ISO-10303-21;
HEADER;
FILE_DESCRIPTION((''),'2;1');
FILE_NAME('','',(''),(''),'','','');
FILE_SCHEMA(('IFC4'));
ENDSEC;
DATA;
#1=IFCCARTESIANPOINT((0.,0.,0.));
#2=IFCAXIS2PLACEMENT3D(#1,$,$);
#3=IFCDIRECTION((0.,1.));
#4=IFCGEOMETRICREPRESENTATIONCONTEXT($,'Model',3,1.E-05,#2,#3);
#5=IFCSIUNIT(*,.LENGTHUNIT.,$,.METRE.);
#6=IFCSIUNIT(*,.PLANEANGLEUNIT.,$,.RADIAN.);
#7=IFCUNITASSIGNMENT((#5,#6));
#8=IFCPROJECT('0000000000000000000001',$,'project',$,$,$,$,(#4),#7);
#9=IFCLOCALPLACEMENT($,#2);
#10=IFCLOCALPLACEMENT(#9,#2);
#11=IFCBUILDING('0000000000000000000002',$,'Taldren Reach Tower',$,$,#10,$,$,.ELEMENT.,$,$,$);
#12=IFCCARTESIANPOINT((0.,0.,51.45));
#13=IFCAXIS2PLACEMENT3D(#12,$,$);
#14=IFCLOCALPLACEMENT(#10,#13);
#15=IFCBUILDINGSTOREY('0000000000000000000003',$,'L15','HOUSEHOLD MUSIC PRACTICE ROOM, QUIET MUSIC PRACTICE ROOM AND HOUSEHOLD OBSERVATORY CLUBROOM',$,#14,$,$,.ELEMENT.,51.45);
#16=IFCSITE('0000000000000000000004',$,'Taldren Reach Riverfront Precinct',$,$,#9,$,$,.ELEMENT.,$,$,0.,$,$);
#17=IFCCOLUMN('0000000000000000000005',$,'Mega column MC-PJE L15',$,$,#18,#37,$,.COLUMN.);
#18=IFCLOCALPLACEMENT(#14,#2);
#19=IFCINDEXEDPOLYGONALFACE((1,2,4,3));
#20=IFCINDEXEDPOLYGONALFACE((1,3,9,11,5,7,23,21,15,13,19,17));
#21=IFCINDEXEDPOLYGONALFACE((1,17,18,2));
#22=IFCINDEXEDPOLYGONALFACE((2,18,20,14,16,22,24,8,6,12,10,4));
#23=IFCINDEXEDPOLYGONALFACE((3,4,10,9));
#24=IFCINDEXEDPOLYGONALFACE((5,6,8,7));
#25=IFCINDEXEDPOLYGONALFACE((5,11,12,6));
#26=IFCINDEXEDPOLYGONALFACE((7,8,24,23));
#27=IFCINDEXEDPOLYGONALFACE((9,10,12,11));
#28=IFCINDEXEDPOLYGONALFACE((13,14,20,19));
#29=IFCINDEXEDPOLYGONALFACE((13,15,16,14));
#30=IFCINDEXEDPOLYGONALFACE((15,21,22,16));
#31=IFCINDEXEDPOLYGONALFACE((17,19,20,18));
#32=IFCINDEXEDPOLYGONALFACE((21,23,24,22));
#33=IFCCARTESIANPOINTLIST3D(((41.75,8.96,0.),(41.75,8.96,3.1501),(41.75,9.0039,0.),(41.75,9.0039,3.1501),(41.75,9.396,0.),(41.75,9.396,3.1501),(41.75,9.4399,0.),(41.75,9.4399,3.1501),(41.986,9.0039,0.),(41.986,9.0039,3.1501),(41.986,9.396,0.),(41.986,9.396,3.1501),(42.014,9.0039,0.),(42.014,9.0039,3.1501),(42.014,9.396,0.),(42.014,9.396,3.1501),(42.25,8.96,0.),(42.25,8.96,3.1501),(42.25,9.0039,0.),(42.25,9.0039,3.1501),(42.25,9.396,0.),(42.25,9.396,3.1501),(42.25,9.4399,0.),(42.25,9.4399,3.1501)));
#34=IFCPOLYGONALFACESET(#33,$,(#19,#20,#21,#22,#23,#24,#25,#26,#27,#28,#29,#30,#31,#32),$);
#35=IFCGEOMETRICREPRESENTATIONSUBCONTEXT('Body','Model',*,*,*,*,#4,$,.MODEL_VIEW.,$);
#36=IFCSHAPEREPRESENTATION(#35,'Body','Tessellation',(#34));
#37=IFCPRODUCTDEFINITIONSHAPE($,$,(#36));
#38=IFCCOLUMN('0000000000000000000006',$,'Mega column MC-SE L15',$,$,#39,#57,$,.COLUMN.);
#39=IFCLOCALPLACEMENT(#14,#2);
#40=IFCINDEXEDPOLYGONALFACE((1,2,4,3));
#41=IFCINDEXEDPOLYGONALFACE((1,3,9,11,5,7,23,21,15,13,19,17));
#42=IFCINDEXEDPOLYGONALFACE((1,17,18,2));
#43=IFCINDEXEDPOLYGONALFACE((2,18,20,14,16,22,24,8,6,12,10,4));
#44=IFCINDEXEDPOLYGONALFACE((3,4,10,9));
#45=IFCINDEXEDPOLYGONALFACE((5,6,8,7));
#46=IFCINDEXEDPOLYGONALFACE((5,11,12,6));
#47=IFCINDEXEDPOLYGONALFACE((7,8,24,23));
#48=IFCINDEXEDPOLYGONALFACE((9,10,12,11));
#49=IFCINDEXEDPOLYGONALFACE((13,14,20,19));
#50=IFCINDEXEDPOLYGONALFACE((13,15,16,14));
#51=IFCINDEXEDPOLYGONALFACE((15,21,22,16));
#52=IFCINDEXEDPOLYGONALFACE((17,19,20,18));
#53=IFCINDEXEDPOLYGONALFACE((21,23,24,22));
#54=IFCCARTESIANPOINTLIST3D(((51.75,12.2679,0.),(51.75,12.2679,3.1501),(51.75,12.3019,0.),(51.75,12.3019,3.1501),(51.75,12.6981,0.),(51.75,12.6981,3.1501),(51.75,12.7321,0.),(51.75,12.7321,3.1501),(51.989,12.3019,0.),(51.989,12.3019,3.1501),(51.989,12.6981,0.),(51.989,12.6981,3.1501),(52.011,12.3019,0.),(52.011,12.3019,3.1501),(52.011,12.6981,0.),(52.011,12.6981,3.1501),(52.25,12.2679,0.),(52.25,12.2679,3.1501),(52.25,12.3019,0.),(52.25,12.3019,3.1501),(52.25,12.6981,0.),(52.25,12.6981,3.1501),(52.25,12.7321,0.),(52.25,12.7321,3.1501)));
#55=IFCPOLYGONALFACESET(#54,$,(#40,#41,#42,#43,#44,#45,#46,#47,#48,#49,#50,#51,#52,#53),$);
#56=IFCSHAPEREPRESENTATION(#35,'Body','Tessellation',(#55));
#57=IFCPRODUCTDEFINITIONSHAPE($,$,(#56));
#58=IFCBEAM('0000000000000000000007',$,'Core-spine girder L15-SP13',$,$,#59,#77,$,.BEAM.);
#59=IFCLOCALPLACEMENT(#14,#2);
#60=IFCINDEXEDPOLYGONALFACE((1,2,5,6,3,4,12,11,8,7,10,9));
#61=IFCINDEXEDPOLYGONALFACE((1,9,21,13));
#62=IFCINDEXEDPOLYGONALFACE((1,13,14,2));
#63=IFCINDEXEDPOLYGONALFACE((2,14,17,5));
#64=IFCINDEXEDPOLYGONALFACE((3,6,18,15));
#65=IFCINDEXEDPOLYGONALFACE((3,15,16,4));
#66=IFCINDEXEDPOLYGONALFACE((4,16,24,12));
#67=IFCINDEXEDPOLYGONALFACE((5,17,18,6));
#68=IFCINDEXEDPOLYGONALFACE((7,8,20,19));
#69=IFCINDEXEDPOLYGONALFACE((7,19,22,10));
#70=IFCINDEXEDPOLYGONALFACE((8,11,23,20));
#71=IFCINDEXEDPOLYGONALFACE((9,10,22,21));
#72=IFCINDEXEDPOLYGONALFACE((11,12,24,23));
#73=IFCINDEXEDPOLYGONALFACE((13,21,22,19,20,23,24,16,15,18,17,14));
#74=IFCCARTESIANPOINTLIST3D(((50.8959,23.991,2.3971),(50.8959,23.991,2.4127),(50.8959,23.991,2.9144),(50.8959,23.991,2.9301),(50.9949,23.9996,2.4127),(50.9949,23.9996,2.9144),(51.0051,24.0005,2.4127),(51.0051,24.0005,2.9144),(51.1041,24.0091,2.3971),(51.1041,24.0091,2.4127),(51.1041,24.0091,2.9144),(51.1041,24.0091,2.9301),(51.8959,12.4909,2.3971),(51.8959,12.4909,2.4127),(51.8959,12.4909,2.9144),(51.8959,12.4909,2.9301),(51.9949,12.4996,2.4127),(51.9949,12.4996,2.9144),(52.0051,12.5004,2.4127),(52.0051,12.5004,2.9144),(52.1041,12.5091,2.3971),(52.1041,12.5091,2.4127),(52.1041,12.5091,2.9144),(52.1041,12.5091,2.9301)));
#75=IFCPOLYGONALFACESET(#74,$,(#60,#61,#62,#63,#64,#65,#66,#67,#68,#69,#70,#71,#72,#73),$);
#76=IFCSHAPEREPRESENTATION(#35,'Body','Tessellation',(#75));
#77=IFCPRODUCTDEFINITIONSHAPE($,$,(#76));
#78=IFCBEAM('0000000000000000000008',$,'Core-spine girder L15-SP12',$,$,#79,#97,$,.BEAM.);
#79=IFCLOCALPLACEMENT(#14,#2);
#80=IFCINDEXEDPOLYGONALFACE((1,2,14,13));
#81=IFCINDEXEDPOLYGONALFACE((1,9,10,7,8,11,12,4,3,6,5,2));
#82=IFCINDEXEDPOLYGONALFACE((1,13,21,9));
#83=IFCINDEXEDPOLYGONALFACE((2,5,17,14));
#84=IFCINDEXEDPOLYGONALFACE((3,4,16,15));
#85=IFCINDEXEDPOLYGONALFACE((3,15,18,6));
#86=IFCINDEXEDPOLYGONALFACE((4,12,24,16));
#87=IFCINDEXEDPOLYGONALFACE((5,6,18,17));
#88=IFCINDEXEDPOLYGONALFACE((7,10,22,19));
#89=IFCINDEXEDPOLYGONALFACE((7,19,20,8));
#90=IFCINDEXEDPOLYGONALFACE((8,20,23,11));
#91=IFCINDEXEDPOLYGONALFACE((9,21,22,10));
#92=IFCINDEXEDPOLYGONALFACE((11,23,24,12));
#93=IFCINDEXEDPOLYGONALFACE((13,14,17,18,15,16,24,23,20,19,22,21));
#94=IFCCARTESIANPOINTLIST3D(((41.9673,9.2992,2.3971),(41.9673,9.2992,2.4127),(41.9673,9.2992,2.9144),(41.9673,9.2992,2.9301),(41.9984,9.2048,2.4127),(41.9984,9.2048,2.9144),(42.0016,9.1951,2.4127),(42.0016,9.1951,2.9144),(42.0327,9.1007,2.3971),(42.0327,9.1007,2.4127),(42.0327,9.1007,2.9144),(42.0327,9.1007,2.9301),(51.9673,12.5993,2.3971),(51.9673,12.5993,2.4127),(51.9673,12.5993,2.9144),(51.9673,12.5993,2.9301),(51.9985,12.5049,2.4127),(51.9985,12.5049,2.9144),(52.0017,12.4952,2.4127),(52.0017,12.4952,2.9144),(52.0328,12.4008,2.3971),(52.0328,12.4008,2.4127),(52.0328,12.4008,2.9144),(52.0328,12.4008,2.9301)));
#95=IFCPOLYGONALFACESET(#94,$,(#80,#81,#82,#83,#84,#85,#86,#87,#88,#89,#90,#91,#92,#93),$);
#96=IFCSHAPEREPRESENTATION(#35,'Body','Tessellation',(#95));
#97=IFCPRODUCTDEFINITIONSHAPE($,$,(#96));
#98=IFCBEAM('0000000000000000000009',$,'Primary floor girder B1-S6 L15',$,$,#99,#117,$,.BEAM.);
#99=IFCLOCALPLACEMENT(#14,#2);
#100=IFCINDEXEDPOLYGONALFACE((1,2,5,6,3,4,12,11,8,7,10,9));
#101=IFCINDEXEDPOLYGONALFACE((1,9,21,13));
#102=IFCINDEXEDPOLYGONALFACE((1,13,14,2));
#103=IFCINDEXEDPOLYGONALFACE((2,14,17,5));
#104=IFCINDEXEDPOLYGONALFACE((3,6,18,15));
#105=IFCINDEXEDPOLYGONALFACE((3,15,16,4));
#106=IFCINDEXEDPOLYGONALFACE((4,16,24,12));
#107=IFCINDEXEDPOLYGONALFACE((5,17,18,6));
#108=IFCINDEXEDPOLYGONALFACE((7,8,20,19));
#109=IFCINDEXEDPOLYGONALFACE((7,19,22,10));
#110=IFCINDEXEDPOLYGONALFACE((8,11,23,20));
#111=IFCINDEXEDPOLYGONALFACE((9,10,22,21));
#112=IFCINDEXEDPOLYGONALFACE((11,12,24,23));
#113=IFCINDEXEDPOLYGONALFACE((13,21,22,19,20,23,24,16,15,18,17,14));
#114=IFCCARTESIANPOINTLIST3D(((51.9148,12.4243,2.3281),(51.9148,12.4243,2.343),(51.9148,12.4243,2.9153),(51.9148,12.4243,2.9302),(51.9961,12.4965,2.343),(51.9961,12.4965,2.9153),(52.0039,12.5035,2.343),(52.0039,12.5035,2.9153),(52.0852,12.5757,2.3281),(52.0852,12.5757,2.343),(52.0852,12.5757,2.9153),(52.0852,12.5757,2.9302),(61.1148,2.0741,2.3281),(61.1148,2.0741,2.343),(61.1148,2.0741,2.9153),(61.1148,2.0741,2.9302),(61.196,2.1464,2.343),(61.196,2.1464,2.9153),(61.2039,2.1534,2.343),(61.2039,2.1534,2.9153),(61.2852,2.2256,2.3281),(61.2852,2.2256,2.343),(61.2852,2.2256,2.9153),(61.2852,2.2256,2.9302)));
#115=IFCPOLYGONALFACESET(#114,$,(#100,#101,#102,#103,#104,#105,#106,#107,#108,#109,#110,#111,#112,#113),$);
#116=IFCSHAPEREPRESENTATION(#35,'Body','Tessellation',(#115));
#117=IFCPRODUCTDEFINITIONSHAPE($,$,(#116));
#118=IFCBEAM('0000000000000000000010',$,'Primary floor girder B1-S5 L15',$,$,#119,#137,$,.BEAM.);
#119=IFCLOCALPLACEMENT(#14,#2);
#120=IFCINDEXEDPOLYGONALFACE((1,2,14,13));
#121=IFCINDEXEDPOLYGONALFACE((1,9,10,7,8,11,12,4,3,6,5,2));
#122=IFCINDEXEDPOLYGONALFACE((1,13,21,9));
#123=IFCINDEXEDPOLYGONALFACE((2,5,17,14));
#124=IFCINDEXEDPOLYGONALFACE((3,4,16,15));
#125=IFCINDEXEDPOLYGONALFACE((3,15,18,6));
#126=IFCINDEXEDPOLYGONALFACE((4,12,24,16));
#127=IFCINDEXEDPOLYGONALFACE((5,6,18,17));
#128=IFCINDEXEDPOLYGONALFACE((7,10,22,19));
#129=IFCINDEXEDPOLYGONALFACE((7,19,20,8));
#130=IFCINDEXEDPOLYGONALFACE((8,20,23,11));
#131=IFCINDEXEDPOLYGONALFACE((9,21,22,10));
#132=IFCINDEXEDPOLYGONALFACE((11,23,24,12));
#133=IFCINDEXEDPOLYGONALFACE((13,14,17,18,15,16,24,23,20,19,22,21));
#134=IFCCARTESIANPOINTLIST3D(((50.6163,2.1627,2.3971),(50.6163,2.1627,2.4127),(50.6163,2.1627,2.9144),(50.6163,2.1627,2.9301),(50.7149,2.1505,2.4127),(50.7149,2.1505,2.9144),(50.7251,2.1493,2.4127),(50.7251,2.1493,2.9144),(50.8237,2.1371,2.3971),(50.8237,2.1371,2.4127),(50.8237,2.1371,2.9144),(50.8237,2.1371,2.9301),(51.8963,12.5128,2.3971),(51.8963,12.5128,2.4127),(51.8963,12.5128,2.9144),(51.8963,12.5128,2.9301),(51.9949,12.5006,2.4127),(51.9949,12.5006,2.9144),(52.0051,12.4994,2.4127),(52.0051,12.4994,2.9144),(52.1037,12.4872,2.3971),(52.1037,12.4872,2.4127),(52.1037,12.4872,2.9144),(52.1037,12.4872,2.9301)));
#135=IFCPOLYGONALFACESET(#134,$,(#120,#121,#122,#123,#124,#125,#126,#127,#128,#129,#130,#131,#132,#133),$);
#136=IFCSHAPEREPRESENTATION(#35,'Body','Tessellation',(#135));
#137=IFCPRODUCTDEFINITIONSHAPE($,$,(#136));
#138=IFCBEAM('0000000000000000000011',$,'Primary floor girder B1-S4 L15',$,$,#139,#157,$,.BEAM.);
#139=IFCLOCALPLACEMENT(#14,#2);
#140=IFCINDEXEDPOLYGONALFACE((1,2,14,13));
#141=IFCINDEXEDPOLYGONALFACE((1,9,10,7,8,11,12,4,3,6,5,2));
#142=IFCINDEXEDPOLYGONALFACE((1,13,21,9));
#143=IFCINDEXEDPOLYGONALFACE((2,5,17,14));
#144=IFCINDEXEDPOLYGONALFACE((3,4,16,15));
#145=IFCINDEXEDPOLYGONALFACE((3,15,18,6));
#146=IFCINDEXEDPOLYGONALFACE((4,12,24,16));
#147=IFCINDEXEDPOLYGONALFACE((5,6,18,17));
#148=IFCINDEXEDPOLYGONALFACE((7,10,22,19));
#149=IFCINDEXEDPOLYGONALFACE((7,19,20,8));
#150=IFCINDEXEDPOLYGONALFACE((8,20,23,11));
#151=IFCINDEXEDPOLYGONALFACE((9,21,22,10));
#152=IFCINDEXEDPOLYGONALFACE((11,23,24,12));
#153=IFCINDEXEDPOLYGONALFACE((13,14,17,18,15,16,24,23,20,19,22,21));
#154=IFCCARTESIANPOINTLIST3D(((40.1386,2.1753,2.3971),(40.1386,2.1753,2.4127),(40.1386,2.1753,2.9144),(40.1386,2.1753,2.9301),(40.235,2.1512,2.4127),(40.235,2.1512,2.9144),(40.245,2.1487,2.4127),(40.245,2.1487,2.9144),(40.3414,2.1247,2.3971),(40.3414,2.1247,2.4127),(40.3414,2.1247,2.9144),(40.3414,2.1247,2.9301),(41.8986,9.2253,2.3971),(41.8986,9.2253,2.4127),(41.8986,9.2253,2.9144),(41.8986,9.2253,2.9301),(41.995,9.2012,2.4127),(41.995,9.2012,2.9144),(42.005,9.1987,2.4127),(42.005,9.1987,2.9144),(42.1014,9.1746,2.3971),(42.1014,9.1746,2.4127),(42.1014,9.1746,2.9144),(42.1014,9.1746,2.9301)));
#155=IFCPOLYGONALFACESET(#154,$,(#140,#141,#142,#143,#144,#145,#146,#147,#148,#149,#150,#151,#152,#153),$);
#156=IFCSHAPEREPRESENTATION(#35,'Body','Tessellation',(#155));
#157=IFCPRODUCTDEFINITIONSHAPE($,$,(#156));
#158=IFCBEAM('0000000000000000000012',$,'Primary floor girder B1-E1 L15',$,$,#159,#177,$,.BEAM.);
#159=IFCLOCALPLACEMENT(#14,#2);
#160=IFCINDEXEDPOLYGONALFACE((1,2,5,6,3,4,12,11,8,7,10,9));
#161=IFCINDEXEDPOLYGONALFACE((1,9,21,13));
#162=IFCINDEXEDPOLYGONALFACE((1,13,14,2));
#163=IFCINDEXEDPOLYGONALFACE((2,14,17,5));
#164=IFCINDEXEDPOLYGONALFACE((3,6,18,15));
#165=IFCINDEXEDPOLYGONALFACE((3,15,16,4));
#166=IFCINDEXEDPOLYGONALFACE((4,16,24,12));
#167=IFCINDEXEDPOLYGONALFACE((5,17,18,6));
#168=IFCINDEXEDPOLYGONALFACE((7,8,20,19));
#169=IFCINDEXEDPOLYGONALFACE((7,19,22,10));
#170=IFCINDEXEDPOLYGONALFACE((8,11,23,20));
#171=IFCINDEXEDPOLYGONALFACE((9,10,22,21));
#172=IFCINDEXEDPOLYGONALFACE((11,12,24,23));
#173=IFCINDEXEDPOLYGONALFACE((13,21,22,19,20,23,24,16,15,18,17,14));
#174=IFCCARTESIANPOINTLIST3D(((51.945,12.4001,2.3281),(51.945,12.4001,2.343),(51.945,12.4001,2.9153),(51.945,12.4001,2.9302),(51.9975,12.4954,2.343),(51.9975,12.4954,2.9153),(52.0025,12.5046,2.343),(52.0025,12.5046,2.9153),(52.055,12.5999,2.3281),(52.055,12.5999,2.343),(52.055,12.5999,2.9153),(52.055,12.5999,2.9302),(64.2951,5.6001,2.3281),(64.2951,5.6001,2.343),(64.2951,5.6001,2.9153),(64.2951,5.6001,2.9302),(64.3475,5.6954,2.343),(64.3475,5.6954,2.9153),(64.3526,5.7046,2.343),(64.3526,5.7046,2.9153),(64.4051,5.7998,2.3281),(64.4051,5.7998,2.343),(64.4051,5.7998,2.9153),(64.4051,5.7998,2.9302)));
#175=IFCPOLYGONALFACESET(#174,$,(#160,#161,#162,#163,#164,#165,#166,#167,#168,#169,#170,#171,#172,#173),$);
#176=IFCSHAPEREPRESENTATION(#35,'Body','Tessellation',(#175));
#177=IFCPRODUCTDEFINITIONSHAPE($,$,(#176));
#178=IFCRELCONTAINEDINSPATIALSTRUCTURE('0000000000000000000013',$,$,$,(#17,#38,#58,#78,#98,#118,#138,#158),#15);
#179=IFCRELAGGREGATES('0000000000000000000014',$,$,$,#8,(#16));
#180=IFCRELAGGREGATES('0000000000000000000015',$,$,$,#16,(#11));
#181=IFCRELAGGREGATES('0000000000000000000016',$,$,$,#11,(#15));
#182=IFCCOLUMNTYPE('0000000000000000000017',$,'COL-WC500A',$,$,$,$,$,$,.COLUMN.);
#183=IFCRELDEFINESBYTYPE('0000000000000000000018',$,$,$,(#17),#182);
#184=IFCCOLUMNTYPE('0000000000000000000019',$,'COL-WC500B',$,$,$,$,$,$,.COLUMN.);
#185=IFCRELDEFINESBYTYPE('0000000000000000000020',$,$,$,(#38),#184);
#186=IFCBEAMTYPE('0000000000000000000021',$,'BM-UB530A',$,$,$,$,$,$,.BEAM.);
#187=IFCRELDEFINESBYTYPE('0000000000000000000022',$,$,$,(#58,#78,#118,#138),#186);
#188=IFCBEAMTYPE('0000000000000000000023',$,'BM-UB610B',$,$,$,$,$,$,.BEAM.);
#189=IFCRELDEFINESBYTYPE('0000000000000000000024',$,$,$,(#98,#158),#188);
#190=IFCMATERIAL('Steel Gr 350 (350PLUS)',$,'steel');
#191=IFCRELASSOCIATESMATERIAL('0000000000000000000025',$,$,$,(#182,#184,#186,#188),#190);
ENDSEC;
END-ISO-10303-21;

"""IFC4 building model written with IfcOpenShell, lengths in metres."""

from ifc_helpers import new_model, si_unit, direction, frame, origin, origin_2d, place, context, subcontext, project, spatial, i_section, extrude, source, transform, mapped, material, material_profile, profile_set, type_object, element, save


model = new_model("IFC4")

# Units and contexts
model_context = context("Model", 3, precision=1e-05, world=origin(), true_north=direction((0.0, 1.0)))
body_context = subcontext(model_context, "Body", "Model", "MODEL_VIEW")
ifc_project = project(units=[si_unit("LENGTHUNIT", "METRE"), si_unit("PLANEANGLEUNIT", "RADIAN")], contexts=[model_context])

# Site, building, storey
site_placement = place(None, origin())
site = spatial("IfcSite", under=ifc_project, at=site_placement, Name="Taldren Reach Riverfront Precinct", CompositionType="ELEMENT", RefElevation=0.0)
building_placement = place(site_placement, origin())
building = spatial("IfcBuilding", under=site, at=building_placement, Name="Taldren Reach Tower", CompositionType="ELEMENT")
storey_placement = place(building_placement, frame((0.0, 0.0, 51.45)))
storey = spatial("IfcBuildingStorey", under=building, at=storey_placement, Name="L15", Description="HOUSEHOLD MUSIC PRACTICE ROOM, QUIET MUSIC PRACTICE ROOM AND HOUSEHOLD OBSERVATORY CLUBROOM", CompositionType="ELEMENT", Elevation=51.45)

# Columns
ifc_material_1 = material(Name="Steel Gr 350 (350PLUS)", Category="steel")
ifc_material_profile_1 = material_profile(ifc_material_1, i_section(OverallWidth=0.5, OverallDepth=0.48, WebThickness=0.0281, FlangeThickness=0.0439, at=origin_2d()), Name="500WC440")
ifc_profile_set_1 = profile_set([ifc_material_profile_1], Name="Steel Gr 350 (350PLUS)")
column_type_1 = type_object("IfcColumnType", Name="COL-WC500A", PredefinedType="COLUMN", material=ifc_profile_set_1)
shared_shape_1 = source(origin(), body_context, "Body", "SweptSolid", [
    extrude(i_section(OverallWidth=0.5, OverallDepth=0.48, WebThickness=0.0281, FlangeThickness=0.0439, at=origin_2d()), origin(), (0.0, 0.0, 1.0), 3.1501),
])
column_1_placement = place(storey_placement, frame((42.0, 9.2, 0.0), z_axis=(0.0, 0.0, 1.0), x_axis=(1.0, 0.0, 0.0)))
element("IfcColumn", 1, at=column_1_placement, inside=storey, type_object=column_type_1, Name="Mega column MC-PJE L15", PredefinedType="COLUMN", context=body_context, shape_type="MappedRepresentation", body=[
    mapped(shared_shape_1, transform((0.0, 0.0, 0.0), scale=1.0)),
])
ifc_material_profile_2 = material_profile(ifc_material_1, i_section(OverallWidth=0.5, OverallDepth=0.4641, WebThickness=0.022, FlangeThickness=0.0339, at=origin_2d()), Name="500WC340")
ifc_profile_set_2 = profile_set([ifc_material_profile_2], Name="Steel Gr 350 (350PLUS)")
column_type_2 = type_object("IfcColumnType", Name="COL-WC500B", PredefinedType="COLUMN", material=ifc_profile_set_2)
shared_shape_2 = source(origin(), body_context, "Body", "SweptSolid", [
    extrude(i_section(OverallWidth=0.5, OverallDepth=0.4641, WebThickness=0.022, FlangeThickness=0.0339, at=origin_2d()), origin(), (0.0, 0.0, 1.0), 3.1501),
])
column_2_placement = place(storey_placement, frame((52.0, 12.5, 0.0), z_axis=(0.0, 0.0, 1.0), x_axis=(1.0, 0.0, 0.0)))
element("IfcColumn", 2, at=column_2_placement, inside=storey, type_object=column_type_2, Name="Mega column MC-SE L15", PredefinedType="COLUMN", context=body_context, shape_type="MappedRepresentation", body=[
    mapped(shared_shape_2, transform((0.0, 0.0, 0.0), scale=1.0)),
])

# Beams
ifc_material_profile_3 = material_profile(ifc_material_1, i_section(OverallWidth=0.209, OverallDepth=0.533, WebThickness=0.0103, FlangeThickness=0.0156, at=origin_2d()), Name="530UB92.4")
ifc_profile_set_3 = profile_set([ifc_material_profile_3], Name="Steel Gr 350 (350PLUS)")
beam_type_1 = type_object("IfcBeamType", Name="BM-UB530A", PredefinedType="BEAM", material=ifc_profile_set_3)
shared_shape_3 = source(origin(), body_context, "Body", "SweptSolid", [
    extrude(i_section(OverallWidth=0.209, OverallDepth=0.533, WebThickness=0.0103, FlangeThickness=0.0156, at=origin_2d()), origin(), (0.0, 0.0, 1.0), 11.5435),
])
beam_1_placement = place(storey_placement, frame((52.0, 12.5, 2.6636), z_axis=(-0.08663, 0.996241, 0.0), x_axis=(-0.996241, -0.08663, 0.0)))
element("IfcBeam", 3, at=beam_1_placement, inside=storey, type_object=beam_type_1, Name="Core-spine girder L15-SP13", PredefinedType="BEAM", context=body_context, shape_type="MappedRepresentation", body=[
    mapped(shared_shape_3, transform((0.0, 0.0, 0.0), scale=1.0)),
])
shared_shape_4 = source(origin(), body_context, "Body", "SweptSolid", [
    extrude(i_section(OverallWidth=0.209, OverallDepth=0.533, WebThickness=0.0103, FlangeThickness=0.0156, at=origin_2d()), origin(), (0.0, 0.0, 1.0), 10.5305),
])
beam_2_placement = place(storey_placement, frame((42.0, 9.2, 2.6636), z_axis=(0.949627, 0.313382, 0.0), x_axis=(-0.313382, 0.949627, 0.0)))
element("IfcBeam", 4, at=beam_2_placement, inside=storey, type_object=beam_type_1, Name="Core-spine girder L15-SP12", PredefinedType="BEAM", context=body_context, shape_type="MappedRepresentation", body=[
    mapped(shared_shape_4, transform((0.0, 0.0, 0.0), scale=1.0)),
])
ifc_material_profile_4 = material_profile(ifc_material_1, i_section(OverallWidth=0.228, OverallDepth=0.6021, WebThickness=0.0105, FlangeThickness=0.0149, at=origin_2d()), Name="610UB101")
ifc_profile_set_4 = profile_set([ifc_material_profile_4], Name="Steel Gr 350 (350PLUS)")
beam_type_2 = type_object("IfcBeamType", Name="BM-UB610B", PredefinedType="BEAM", material=ifc_profile_set_4)
shared_shape_5 = source(origin(), body_context, "Body", "SweptSolid", [
    extrude(i_section(OverallWidth=0.228, OverallDepth=0.6021, WebThickness=0.0105, FlangeThickness=0.0149, at=origin_2d()), origin(), (0.0, 0.0, 1.0), 13.8479),
])
beam_3_placement = place(storey_placement, frame((52.0, 12.5, 2.6292), z_axis=(0.664358, -0.747414, 0.0), x_axis=(0.747414, 0.664358, 0.0)))
element("IfcBeam", 5, at=beam_3_placement, inside=storey, type_object=beam_type_2, Name="Primary floor girder B1-S6 L15", PredefinedType="BEAM", context=body_context, shape_type="MappedRepresentation", body=[
    mapped(shared_shape_5, transform((0.0, 0.0, 0.0), scale=1.0)),
])
shared_shape_6 = source(origin(), body_context, "Body", "SweptSolid", [
    extrude(i_section(OverallWidth=0.209, OverallDepth=0.533, WebThickness=0.0103, FlangeThickness=0.0156, at=origin_2d()), origin(), (0.0, 0.0, 1.0), 10.429),
])
beam_4_placement = place(storey_placement, frame((52.0, 12.5, 2.6636), z_axis=(-0.122738, -0.992439, 0.0), x_axis=(0.992439, -0.122738, 0.0)))
element("IfcBeam", 6, at=beam_4_placement, inside=storey, type_object=beam_type_1, Name="Primary floor girder B1-S5 L15", PredefinedType="BEAM", context=body_context, shape_type="MappedRepresentation", body=[
    mapped(shared_shape_6, transform((0.0, 0.0, 0.0), scale=1.0)),
])
shared_shape_7 = source(origin(), body_context, "Body", "SweptSolid", [
    extrude(i_section(OverallWidth=0.209, OverallDepth=0.533, WebThickness=0.0103, FlangeThickness=0.0156, at=origin_2d()), origin(), (0.0, 0.0, 1.0), 7.2664),
])
beam_5_placement = place(storey_placement, frame((42.0, 9.2, 2.6636), z_axis=(-0.242211, -0.970223, 0.0), x_axis=(0.970223, -0.242211, 0.0)))
element("IfcBeam", 7, at=beam_5_placement, inside=storey, type_object=beam_type_1, Name="Primary floor girder B1-S4 L15", PredefinedType="BEAM", context=body_context, shape_type="MappedRepresentation", body=[
    mapped(shared_shape_7, transform((0.0, 0.0, 0.0), scale=1.0)),
])
shared_shape_8 = source(origin(), body_context, "Body", "SweptSolid", [
    extrude(i_section(OverallWidth=0.228, OverallDepth=0.6021, WebThickness=0.0105, FlangeThickness=0.0149, at=origin_2d()), origin(), (0.0, 0.0, 1.0), 14.0984),
])
beam_6_placement = place(storey_placement, frame((52.0, 12.5, 2.6292), z_axis=(0.875991, -0.482327, 0.0), x_axis=(0.482327, 0.875991, 0.0)))
element("IfcBeam", 8, at=beam_6_placement, inside=storey, type_object=beam_type_2, Name="Primary floor girder B1-E1 L15", PredefinedType="BEAM", context=body_context, shape_type="MappedRepresentation", body=[
    mapped(shared_shape_8, transform((0.0, 0.0, 0.0), scale=1.0)),
])

save(model, "model.ifc")
